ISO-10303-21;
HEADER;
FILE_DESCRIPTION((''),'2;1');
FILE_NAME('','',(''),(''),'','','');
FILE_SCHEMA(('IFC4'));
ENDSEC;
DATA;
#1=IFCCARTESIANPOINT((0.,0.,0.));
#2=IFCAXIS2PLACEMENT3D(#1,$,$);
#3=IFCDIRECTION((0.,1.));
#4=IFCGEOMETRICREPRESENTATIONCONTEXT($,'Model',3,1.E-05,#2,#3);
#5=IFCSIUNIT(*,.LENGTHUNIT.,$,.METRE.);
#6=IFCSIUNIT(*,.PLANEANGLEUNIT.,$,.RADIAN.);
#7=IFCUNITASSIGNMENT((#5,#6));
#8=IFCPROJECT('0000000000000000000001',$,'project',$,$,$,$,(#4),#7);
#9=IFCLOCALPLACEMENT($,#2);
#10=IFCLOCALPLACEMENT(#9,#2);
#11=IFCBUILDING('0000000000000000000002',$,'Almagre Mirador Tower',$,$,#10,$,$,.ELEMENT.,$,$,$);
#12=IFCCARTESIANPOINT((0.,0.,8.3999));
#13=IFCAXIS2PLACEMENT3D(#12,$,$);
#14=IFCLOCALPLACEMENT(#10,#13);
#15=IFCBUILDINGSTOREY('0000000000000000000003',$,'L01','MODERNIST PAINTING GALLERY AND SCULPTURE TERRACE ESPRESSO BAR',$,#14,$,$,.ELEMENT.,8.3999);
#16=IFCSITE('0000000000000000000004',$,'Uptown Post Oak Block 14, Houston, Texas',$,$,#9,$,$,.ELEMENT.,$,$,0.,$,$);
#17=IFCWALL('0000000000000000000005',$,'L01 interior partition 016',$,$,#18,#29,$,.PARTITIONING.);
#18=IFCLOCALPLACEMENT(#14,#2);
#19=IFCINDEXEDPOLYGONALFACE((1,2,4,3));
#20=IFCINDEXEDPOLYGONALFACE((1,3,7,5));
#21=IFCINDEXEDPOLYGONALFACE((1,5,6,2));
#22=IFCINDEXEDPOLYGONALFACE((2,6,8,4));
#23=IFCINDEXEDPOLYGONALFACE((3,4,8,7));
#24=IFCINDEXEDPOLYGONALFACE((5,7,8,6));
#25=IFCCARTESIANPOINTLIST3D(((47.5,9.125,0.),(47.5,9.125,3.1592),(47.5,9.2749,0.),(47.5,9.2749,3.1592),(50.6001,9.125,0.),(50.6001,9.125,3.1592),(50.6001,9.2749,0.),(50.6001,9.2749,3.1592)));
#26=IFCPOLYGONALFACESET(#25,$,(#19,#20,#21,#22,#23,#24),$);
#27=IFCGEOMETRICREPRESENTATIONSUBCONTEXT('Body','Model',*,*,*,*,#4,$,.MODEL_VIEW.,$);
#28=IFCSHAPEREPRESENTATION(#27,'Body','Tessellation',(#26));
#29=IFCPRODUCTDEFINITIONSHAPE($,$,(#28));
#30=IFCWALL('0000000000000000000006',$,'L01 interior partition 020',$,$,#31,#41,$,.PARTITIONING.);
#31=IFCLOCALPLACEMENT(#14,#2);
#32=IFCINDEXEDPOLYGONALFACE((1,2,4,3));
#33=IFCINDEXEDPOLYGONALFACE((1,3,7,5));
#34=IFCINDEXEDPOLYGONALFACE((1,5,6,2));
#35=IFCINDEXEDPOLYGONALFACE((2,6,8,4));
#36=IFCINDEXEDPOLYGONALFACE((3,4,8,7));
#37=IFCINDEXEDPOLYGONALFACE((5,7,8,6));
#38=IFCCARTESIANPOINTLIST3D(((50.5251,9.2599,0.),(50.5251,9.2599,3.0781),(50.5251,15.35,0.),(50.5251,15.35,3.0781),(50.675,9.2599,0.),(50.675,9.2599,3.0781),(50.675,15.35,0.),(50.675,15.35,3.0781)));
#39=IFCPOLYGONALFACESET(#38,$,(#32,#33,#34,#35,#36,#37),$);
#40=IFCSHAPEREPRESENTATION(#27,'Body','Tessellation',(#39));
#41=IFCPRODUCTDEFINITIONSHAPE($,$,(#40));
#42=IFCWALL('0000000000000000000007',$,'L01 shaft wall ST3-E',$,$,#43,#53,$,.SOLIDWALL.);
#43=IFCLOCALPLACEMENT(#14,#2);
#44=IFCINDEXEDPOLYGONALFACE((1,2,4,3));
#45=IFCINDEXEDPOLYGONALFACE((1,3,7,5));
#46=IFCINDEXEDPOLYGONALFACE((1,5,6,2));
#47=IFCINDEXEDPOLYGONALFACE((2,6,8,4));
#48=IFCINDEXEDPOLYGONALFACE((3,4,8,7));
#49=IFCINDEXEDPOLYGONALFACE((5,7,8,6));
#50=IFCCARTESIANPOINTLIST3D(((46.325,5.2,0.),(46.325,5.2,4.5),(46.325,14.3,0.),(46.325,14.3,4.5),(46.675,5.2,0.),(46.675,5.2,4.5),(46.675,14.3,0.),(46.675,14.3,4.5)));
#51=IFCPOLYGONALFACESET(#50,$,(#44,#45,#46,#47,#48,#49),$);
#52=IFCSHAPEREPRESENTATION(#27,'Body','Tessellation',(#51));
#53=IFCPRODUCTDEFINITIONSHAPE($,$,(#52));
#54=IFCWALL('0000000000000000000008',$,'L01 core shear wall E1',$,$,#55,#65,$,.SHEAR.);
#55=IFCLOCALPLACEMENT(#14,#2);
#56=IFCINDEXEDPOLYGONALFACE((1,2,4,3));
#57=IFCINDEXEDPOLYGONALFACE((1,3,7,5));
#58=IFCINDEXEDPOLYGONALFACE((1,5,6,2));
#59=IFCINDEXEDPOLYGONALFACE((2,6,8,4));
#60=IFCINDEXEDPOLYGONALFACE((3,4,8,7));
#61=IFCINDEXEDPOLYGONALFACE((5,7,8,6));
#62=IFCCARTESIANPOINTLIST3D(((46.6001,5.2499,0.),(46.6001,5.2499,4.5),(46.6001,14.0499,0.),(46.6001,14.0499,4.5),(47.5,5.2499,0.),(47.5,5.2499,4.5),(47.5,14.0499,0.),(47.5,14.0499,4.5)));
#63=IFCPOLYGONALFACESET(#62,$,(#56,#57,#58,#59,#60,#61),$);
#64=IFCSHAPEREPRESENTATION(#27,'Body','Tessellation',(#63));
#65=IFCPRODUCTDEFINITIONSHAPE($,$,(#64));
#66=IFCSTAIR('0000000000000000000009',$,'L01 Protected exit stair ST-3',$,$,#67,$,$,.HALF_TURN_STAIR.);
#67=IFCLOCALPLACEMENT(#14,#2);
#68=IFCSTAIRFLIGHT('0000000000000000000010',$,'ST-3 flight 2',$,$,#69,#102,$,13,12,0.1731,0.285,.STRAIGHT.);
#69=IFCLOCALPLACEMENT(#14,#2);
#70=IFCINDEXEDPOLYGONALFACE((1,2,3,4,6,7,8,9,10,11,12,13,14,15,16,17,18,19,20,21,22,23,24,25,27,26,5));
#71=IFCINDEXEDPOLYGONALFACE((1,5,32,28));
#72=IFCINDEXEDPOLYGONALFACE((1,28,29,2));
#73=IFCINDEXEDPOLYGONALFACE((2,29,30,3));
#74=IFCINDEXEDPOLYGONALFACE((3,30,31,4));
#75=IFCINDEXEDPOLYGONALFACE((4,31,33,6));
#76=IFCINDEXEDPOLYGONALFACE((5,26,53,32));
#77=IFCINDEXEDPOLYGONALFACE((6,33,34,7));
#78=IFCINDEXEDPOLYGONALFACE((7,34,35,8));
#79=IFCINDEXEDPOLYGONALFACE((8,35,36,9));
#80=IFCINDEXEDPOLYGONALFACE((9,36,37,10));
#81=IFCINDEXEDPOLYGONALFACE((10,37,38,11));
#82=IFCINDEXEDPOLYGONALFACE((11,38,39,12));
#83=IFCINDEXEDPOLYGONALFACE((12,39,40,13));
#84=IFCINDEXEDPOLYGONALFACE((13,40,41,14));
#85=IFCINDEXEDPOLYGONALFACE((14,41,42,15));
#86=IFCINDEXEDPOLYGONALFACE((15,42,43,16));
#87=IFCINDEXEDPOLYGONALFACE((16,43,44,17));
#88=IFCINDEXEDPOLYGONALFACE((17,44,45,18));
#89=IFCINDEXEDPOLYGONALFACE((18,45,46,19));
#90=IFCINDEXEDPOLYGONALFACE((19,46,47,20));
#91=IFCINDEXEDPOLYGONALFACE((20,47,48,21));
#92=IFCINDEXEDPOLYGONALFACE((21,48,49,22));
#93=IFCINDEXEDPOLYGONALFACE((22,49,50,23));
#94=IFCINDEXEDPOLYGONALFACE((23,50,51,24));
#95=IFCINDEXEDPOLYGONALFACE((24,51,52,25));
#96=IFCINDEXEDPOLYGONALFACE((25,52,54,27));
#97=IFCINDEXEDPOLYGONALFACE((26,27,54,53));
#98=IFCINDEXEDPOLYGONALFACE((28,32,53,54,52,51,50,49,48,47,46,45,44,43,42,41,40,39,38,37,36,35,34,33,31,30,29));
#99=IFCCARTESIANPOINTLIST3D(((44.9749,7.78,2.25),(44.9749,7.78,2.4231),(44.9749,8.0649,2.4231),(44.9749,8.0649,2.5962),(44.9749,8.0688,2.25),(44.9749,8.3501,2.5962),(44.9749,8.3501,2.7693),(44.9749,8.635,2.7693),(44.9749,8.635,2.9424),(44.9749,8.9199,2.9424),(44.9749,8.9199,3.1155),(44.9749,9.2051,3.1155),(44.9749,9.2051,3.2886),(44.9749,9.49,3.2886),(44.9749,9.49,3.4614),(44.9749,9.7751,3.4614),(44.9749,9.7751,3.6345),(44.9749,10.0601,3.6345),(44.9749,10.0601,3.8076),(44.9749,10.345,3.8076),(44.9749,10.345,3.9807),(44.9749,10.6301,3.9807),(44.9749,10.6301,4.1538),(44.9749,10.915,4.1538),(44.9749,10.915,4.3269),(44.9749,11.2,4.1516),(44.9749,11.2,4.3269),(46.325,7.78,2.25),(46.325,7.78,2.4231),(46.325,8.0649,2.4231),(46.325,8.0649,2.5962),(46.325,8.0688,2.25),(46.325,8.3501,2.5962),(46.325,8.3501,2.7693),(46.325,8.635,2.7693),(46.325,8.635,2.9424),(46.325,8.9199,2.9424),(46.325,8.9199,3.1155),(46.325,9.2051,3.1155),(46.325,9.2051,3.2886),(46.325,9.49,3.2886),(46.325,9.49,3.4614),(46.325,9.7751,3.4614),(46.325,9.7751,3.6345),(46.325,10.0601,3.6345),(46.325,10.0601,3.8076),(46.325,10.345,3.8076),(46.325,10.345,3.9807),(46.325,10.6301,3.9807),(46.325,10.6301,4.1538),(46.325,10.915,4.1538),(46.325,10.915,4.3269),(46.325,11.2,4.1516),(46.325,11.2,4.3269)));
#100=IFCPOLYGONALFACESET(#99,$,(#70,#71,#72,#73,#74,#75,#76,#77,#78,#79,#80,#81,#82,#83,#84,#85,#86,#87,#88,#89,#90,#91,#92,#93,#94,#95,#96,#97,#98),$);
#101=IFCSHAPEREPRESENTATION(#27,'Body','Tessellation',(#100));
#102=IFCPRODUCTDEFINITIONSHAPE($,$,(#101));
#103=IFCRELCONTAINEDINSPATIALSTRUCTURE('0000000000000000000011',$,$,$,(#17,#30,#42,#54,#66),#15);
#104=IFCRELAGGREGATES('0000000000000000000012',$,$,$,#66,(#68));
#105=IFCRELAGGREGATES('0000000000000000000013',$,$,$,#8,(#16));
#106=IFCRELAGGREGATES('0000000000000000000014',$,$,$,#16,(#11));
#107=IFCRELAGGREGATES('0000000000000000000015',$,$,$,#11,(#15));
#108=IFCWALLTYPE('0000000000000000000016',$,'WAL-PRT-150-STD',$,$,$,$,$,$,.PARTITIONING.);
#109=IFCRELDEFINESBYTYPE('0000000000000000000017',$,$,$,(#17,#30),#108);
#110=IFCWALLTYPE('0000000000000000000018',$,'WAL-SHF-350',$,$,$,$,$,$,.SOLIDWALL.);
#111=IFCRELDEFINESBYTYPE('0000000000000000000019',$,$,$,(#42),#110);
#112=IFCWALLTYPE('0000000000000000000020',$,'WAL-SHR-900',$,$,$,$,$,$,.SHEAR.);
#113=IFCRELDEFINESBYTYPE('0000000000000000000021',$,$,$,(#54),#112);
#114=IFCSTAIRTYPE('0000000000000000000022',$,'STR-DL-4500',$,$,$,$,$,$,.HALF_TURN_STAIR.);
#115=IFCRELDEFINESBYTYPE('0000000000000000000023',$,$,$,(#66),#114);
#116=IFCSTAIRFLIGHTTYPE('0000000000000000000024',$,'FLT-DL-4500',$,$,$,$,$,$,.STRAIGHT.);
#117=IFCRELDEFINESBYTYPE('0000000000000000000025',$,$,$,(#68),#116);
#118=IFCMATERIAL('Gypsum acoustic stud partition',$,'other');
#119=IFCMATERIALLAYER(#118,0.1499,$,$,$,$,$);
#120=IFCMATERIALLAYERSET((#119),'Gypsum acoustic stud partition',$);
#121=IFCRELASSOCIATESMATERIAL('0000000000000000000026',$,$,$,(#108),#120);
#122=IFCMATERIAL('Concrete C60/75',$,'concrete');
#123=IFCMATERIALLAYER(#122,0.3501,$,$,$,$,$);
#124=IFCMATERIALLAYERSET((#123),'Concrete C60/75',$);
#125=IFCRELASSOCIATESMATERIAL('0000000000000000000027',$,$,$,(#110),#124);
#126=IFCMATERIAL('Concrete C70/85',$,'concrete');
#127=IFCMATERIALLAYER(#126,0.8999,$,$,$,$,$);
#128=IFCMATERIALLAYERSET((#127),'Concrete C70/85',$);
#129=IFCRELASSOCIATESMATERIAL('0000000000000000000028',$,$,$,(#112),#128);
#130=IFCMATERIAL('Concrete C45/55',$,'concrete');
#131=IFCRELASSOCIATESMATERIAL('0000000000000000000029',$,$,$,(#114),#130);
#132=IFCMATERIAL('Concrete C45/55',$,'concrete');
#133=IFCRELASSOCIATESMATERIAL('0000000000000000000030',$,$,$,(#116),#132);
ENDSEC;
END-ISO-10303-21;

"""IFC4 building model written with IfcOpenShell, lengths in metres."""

from ifc_helpers import new_model, si_unit, direction, frame, frame_2d, origin, place, context, subcontext, project, spatial, polyline, rectangle, outline, extrude, material, layer, layer_set, type_object, element, aggregate, save


model = new_model("IFC4")

# Units and contexts
model_context = context("Model", 3, precision=1e-05, world=origin(), true_north=direction((0.0, 1.0)))
body_context = subcontext(model_context, "Body", "Model", "MODEL_VIEW")
ifc_project = project(units=[si_unit("LENGTHUNIT", "METRE"), si_unit("PLANEANGLEUNIT", "RADIAN")], contexts=[model_context])

# Site, building, storey
site_placement = place(None, origin())
site = spatial("IfcSite", under=ifc_project, at=site_placement, Name="Uptown Post Oak Block 14, Houston, Texas", CompositionType="ELEMENT", RefElevation=0.0)
building_placement = place(site_placement, origin())
building = spatial("IfcBuilding", under=site, at=building_placement, Name="Almagre Mirador Tower", CompositionType="ELEMENT")
storey_placement = place(building_placement, frame((0.0, 0.0, 8.3999)))
storey = spatial("IfcBuildingStorey", under=building, at=storey_placement, Name="L01", Description="MODERNIST PAINTING GALLERY AND SCULPTURE TERRACE ESPRESSO BAR", CompositionType="ELEMENT", Elevation=8.3999)

# Walls
ifc_material_1 = material(Name="Gypsum acoustic stud partition", Category="other")
ifc_layer_1 = layer(ifc_material_1, 0.1499)
ifc_layer_set_1 = layer_set([ifc_layer_1], Name="Gypsum acoustic stud partition")
wall_type_1 = type_object("IfcWallType", Name="WAL-PRT-150-STD", PredefinedType="PARTITIONING", material=ifc_layer_set_1)
wall_1_placement = place(storey_placement, frame((50.6001, 9.2, 0.0), z_axis=(0.0, 0.0, 1.0), x_axis=(-1.0, 0.0, 0.0)))
element("IfcWall", 1, at=wall_1_placement, inside=storey, type_object=wall_type_1, Name="L01 interior partition 016", PredefinedType="PARTITIONING", context=body_context, shape_type="SweptSolid", body=[
    extrude(rectangle(XDim=3.1001, YDim=0.1499, at=frame_2d((1.55, 0.0))), origin(), (0.0, 0.0, 1.0), 3.1592),
])
wall_2_placement = place(storey_placement, frame((50.6001, 9.26, 0.0), z_axis=(0.0, 0.0, 1.0), x_axis=(0.0, 1.0, 0.0)))
element("IfcWall", 2, at=wall_2_placement, inside=storey, type_object=wall_type_1, Name="L01 interior partition 020", PredefinedType="PARTITIONING", context=body_context, shape_type="SweptSolid", body=[
    extrude(rectangle(XDim=6.0901, YDim=0.1499, at=frame_2d((3.0449, 0.0))), origin(), (0.0, 0.0, 1.0), 3.0781),
])
ifc_material_2 = material(Name="Concrete C60/75", Category="concrete")
ifc_layer_2 = layer(ifc_material_2, 0.3501)
ifc_layer_set_2 = layer_set([ifc_layer_2], Name="Concrete C60/75")
wall_type_2 = type_object("IfcWallType", Name="WAL-SHF-350", PredefinedType="SOLIDWALL", material=ifc_layer_set_2)
wall_3_placement = place(storey_placement, frame((46.5, 5.2, 0.0), z_axis=(0.0, 0.0, 1.0), x_axis=(0.0, 1.0, 0.0)))
element("IfcWall", 3, at=wall_3_placement, inside=storey, type_object=wall_type_2, Name="L01 shaft wall ST3-E", PredefinedType="SOLIDWALL", context=body_context, shape_type="SweptSolid", body=[
    extrude(rectangle(XDim=9.1001, YDim=0.3501, at=frame_2d((4.55, 0.0))), origin(), (0.0, 0.0, 1.0), 4.5),
])
ifc_material_3 = material(Name="Concrete C70/85", Category="concrete")
ifc_layer_3 = layer(ifc_material_3, 0.8999)
ifc_layer_set_3 = layer_set([ifc_layer_3], Name="Concrete C70/85")
wall_type_3 = type_object("IfcWallType", Name="WAL-SHR-900", PredefinedType="SHEAR", material=ifc_layer_set_3)
wall_4_placement = place(storey_placement, frame((47.05, 5.25, 0.0), z_axis=(0.0, 0.0, 1.0), x_axis=(0.0, 1.0, 0.0)))
element("IfcWall", 4, at=wall_4_placement, inside=storey, type_object=wall_type_3, Name="L01 core shear wall E1", PredefinedType="SHEAR", context=body_context, shape_type="SweptSolid", body=[
    extrude(rectangle(XDim=8.8, YDim=0.8999, at=frame_2d((4.3999, 0.0))), origin(), (0.0, 0.0, 1.0), 4.5),
])

# Stair, stair flight
ifc_material_4 = material(Name="Concrete C45/55", Category="concrete")
stair_type = type_object("IfcStairType", Name="STR-DL-4500", PredefinedType="HALF_TURN_STAIR", material=ifc_material_4)
stair_placement = place(storey_placement, origin())
stair = element("IfcStair", 5, at=stair_placement, inside=storey, type_object=stair_type, Name="L01 Protected exit stair ST-3", PredefinedType="HALF_TURN_STAIR")
ifc_material_5 = material(Name="Concrete C45/55", Category="concrete")
stair_flight_type = type_object("IfcStairFlightType", Name="FLT-DL-4500", PredefinedType="STRAIGHT", material=ifc_material_5)
stair_flight_placement = place(storey_placement, frame((45.6499, 7.78, 2.25), z_axis=(0.0, 0.0, 1.0), x_axis=(0.0, 1.0, 0.0)))
stair_flight = element("IfcStairFlight", 6, at=stair_flight_placement, type_object=stair_flight_type, Name="ST-3 flight 2", NumberOfRisers=13, NumberOfTreads=12, PredefinedType="STRAIGHT", RiserHeight=0.1731, TreadLength=0.285, context=body_context, shape_type="SweptSolid", body=[
    extrude(outline(polyline([(0.0, 0.0), (0.0, 0.1731), (0.2849, 0.1731), (0.2849, 0.3462), (0.5701, 0.3462), (0.5701, 0.5193), (0.855, 0.5193), (0.855, 0.6924), (1.1399, 0.6924), (1.1399, 0.8655), (1.425, 0.8655), (1.425, 1.0386), (1.71, 1.0386), (1.71, 1.2114), (1.9951, 1.2114), (1.9951, 1.3845), (2.28, 1.3845), (2.28, 1.5576), (2.5649, 1.5576), (2.5649, 1.7307), (2.8501, 1.7307), (2.8501, 1.9038), (3.135, 1.9038), (3.135, 2.0769), (3.4199, 2.0769), (3.4199, 2.25), (3.4199, 1.9016), (0.2888, 0.0), (0.0, 0.0)])), frame((0.0, 0.675, 0.0), z_axis=(0.0, -1.0, 0.0), x_axis=(1.0, 0.0, 0.0)), (0.0, 0.0, 1.0), 1.3501),
])
aggregate(stair, [stair_flight])

save(model, "model.ifc")
